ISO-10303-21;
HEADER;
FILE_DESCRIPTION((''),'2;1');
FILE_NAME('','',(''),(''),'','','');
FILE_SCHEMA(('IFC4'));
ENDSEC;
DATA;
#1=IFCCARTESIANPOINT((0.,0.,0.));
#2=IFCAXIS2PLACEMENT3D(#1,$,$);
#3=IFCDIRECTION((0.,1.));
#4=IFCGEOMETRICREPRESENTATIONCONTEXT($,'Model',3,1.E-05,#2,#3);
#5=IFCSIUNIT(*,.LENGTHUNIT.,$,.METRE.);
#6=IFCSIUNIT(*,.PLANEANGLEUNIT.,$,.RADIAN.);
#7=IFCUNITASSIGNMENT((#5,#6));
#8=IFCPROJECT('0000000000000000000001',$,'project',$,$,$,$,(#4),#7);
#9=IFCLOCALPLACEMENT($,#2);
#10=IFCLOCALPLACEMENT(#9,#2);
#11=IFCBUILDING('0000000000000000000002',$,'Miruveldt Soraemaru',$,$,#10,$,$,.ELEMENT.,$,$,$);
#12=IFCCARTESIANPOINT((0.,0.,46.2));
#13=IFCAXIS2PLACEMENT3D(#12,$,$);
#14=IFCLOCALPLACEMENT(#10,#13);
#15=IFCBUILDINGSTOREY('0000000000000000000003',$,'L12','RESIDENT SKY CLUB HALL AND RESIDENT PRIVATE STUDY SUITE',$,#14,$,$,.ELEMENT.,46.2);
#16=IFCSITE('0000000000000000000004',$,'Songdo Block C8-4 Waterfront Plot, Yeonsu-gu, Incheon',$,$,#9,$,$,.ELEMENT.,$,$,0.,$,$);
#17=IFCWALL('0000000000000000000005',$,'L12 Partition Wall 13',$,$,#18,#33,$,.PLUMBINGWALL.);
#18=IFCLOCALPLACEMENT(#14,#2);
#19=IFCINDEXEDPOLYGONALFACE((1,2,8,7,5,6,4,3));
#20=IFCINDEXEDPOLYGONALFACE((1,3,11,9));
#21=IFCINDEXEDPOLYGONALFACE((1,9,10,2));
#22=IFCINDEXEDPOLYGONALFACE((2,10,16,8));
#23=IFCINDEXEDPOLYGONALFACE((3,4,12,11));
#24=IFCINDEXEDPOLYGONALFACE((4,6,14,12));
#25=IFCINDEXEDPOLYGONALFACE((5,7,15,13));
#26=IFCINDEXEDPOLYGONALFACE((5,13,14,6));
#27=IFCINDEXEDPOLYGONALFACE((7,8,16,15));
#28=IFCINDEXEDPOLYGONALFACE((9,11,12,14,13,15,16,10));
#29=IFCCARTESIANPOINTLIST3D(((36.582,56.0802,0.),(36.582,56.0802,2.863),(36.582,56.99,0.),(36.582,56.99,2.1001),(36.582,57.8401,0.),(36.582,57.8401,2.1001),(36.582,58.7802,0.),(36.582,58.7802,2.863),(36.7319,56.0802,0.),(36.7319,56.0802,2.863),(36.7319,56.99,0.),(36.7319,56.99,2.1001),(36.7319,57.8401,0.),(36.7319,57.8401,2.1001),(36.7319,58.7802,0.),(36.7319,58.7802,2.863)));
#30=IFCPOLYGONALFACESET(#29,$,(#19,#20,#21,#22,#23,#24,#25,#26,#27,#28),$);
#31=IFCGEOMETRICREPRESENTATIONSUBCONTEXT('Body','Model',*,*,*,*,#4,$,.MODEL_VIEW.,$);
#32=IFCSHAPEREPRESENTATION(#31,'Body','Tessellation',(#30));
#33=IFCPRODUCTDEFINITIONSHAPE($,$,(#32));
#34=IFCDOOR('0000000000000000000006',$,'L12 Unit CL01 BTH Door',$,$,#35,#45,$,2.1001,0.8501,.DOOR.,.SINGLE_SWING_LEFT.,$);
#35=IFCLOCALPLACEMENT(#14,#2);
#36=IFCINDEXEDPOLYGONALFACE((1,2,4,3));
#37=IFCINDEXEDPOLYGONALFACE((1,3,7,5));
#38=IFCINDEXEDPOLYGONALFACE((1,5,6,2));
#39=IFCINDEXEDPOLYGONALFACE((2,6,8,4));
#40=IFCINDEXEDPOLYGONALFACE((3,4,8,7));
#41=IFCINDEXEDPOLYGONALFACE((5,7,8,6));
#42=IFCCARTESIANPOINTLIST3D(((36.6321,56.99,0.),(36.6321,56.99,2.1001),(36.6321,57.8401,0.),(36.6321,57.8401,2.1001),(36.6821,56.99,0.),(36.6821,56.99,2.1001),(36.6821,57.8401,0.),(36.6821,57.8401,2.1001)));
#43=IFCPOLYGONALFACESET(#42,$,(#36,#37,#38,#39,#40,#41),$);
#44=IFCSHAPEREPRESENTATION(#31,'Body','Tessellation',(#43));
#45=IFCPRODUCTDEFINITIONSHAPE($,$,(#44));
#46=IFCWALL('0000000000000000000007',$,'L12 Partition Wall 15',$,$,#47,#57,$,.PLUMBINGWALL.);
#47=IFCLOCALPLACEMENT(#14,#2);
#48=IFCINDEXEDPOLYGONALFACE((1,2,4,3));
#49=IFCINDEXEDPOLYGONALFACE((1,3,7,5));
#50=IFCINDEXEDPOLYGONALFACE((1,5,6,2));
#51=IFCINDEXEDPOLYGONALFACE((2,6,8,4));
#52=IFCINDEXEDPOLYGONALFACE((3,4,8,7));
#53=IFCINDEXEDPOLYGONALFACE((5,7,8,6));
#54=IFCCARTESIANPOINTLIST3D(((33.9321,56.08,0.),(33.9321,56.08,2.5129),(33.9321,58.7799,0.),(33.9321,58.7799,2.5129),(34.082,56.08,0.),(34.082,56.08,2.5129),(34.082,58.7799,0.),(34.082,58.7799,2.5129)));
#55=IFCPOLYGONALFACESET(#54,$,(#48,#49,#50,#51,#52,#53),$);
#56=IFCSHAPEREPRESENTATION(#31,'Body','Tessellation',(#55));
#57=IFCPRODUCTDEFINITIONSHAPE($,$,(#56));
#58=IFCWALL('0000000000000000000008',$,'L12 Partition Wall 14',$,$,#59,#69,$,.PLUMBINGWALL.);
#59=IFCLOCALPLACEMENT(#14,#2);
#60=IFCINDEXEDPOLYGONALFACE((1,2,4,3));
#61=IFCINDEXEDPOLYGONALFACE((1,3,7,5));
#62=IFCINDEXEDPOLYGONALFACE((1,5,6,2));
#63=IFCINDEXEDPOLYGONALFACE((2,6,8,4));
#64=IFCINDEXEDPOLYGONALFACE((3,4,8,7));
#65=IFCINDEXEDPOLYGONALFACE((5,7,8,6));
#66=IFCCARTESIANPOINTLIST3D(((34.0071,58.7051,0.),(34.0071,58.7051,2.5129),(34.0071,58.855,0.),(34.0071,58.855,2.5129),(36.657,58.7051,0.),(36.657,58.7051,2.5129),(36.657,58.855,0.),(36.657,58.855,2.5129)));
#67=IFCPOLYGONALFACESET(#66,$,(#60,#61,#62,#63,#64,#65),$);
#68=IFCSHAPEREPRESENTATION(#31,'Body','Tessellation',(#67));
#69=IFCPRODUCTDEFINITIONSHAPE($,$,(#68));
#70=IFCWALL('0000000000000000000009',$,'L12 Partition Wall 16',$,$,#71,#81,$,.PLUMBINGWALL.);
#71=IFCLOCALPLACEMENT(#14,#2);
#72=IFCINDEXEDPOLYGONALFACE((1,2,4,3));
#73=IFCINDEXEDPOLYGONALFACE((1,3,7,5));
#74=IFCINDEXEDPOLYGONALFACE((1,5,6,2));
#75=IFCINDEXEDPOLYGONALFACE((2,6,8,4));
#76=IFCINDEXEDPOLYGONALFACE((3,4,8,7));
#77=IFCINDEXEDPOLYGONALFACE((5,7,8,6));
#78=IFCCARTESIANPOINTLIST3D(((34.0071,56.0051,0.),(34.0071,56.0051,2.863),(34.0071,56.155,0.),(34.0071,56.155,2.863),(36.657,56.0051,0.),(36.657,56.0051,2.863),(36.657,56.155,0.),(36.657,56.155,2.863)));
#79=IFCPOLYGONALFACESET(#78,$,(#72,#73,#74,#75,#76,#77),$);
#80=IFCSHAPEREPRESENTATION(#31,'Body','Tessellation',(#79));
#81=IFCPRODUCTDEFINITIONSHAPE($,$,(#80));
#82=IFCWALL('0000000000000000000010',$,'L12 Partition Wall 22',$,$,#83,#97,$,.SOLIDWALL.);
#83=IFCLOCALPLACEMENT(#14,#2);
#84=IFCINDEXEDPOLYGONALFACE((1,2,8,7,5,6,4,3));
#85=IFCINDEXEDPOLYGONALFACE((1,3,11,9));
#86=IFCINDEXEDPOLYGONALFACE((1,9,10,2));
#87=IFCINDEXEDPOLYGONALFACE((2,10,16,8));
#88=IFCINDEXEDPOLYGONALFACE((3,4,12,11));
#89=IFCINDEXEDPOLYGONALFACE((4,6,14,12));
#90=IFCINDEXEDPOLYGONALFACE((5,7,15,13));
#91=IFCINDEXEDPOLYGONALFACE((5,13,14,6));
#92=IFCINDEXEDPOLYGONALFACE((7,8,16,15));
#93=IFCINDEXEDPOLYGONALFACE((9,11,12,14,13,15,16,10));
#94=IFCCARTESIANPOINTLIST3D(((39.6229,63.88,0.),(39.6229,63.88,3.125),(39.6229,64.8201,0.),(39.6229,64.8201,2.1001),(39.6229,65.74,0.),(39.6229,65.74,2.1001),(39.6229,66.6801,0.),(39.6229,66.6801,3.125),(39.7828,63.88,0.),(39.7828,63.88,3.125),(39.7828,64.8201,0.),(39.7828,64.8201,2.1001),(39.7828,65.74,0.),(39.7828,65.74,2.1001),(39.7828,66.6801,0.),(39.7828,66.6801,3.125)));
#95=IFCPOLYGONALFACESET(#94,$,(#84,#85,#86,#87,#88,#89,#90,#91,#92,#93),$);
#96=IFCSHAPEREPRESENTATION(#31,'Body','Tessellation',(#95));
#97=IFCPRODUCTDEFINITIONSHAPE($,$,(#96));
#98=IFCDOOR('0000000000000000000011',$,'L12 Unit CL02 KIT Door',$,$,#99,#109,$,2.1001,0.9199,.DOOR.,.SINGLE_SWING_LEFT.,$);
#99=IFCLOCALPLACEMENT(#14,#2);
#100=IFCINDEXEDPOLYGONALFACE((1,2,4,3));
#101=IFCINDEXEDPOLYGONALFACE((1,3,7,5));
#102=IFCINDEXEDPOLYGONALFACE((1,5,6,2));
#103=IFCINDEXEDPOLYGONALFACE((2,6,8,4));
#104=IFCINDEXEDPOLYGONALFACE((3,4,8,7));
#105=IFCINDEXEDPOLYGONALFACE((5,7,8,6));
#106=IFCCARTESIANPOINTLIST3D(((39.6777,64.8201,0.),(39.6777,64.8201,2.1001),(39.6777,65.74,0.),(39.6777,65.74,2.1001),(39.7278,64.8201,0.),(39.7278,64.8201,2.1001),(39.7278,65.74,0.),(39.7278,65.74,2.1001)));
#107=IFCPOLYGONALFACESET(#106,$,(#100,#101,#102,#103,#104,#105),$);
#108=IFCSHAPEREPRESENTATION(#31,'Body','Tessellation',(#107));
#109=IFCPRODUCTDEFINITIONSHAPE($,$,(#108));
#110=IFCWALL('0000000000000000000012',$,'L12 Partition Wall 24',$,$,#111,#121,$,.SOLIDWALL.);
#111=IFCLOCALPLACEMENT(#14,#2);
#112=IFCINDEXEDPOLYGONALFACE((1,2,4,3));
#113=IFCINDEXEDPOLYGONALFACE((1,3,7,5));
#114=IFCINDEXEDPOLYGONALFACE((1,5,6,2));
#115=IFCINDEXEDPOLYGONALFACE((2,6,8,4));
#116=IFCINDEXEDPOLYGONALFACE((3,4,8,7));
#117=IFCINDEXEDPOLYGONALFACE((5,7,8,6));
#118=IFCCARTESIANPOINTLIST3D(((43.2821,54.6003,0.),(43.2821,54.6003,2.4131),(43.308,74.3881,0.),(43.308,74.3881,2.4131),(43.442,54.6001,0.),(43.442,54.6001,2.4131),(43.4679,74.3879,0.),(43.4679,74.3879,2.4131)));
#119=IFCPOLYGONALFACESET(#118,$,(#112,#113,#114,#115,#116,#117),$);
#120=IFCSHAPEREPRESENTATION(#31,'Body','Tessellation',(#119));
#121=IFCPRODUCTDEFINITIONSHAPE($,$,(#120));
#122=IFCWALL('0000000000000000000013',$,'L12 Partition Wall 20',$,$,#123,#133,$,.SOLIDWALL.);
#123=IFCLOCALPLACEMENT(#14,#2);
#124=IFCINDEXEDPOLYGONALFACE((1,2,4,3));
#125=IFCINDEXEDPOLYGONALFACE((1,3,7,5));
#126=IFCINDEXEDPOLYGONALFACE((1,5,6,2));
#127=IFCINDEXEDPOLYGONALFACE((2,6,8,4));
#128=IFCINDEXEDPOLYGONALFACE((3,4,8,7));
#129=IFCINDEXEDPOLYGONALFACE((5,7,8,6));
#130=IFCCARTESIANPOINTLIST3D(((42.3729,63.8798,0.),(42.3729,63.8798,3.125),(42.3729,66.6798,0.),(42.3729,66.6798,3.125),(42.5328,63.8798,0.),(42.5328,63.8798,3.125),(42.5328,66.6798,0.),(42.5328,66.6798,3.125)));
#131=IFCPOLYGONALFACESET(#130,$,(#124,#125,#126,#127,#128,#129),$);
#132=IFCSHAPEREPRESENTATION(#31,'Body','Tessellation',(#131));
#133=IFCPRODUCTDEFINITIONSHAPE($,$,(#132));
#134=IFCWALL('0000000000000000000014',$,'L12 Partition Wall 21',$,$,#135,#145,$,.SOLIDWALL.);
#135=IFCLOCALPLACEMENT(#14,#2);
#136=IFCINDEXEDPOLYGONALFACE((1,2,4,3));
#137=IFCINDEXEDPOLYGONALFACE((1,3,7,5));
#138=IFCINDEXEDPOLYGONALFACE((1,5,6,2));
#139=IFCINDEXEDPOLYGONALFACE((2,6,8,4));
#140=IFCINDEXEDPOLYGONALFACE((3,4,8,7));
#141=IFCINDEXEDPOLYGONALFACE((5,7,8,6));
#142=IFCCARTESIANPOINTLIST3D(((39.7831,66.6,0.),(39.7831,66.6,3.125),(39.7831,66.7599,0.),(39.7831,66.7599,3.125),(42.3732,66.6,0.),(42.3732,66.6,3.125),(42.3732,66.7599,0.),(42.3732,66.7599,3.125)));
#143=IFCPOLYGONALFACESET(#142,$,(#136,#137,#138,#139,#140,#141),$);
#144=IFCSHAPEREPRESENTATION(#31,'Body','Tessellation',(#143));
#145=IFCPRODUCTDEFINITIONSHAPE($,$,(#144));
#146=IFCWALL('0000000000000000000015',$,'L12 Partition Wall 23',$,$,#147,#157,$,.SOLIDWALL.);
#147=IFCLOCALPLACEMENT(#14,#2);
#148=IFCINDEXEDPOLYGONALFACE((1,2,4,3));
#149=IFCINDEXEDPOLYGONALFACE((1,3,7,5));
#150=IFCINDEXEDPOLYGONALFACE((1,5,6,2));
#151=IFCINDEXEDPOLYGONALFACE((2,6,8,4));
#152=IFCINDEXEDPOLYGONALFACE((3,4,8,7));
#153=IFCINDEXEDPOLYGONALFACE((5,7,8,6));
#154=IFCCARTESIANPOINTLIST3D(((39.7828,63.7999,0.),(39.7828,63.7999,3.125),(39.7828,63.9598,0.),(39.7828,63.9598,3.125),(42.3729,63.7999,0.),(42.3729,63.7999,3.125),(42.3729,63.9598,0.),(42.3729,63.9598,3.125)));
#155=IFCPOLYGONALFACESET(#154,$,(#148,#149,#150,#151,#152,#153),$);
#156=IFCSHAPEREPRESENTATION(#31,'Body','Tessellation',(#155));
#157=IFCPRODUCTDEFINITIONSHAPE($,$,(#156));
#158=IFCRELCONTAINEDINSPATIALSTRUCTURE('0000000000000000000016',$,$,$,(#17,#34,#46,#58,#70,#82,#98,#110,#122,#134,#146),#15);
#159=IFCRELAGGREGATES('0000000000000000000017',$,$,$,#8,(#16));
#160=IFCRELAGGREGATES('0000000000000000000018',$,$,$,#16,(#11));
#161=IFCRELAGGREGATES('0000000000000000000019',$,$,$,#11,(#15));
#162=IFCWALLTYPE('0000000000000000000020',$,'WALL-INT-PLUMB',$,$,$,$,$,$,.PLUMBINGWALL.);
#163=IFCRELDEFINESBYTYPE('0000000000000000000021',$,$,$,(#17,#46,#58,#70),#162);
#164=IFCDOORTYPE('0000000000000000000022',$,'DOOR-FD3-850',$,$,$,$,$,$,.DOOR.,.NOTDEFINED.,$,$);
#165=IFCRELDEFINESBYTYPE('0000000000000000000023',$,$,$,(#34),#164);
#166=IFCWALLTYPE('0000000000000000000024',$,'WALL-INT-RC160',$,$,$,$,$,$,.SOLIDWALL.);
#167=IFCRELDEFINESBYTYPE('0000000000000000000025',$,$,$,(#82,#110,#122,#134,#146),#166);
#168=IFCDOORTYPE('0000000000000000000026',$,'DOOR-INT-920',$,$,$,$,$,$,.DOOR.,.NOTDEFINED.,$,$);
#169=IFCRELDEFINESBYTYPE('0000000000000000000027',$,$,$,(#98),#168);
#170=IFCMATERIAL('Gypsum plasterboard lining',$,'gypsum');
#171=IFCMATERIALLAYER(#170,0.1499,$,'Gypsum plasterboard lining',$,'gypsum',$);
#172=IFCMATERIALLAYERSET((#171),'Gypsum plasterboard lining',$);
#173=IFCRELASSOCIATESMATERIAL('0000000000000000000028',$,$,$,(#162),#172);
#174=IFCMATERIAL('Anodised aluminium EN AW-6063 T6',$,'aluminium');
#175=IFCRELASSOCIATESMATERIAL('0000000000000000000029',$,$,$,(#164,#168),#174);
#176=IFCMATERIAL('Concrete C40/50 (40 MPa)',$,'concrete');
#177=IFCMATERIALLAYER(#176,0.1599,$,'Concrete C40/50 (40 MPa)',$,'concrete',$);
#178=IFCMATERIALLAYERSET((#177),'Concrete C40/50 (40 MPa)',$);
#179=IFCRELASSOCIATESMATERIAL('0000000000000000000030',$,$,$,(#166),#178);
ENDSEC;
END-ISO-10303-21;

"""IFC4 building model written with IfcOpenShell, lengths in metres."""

from ifc_helpers import new_model, si_unit, direction, frame, frame_2d, origin, place, context, subcontext, project, spatial, rectangle, extrude, material, layer, layer_set, type_object, element, fill, save


model = new_model("IFC4")

# Units and contexts
model_context = context("Model", 3, precision=1e-05, world=origin(), true_north=direction((0.0, 1.0)))
body_context = subcontext(model_context, "Body", "Model", "MODEL_VIEW")
ifc_project = project(units=[si_unit("LENGTHUNIT", "METRE"), si_unit("PLANEANGLEUNIT", "RADIAN")], contexts=[model_context])

# Site, building, storey
site_placement = place(None, origin())
site = spatial("IfcSite", under=ifc_project, at=site_placement, Name="Songdo Block C8-4 Waterfront Plot, Yeonsu-gu, Incheon", CompositionType="ELEMENT", RefElevation=0.0)
building_placement = place(site_placement, origin())
building = spatial("IfcBuilding", under=site, at=building_placement, Name="Miruveldt Soraemaru", CompositionType="ELEMENT")
storey_placement = place(building_placement, frame((0.0, 0.0, 46.2)))
storey = spatial("IfcBuildingStorey", under=building, at=storey_placement, Name="L12", Description="RESIDENT SKY CLUB HALL AND RESIDENT PRIVATE STUDY SUITE", CompositionType="ELEMENT", Elevation=46.2)

# Wall, opening, door
ifc_material_1 = material(Name="Gypsum plasterboard lining", Category="gypsum")
ifc_layer_1 = layer(ifc_material_1, 0.1499, Name="Gypsum plasterboard lining", Category="gypsum")
ifc_layer_set_1 = layer_set([ifc_layer_1], Name="Gypsum plasterboard lining")
wall_type_1 = type_object("IfcWallType", Name="WALL-INT-PLUMB", PredefinedType="PLUMBINGWALL", material=ifc_layer_set_1)
wall_1_placement = place(storey_placement, frame((36.657, 56.0801, 0.0), z_axis=(0.0, 0.0, 1.0), x_axis=(0.0, 1.0, 0.0)))
wall_1 = element("IfcWall", 1, at=wall_1_placement, inside=storey, type_object=wall_type_1, Name="L12 Partition Wall 13", PredefinedType="PLUMBINGWALL", context=body_context, shape_type="SweptSolid", body=[
    extrude(rectangle(XDim=2.7, YDim=0.1499, at=frame_2d((1.3501, 0.0))), origin(), (0.0, 0.0, 1.0), 2.863),
])
opening_1_placement = place(wall_1_placement, frame((0.9099, 0.0, 0.0)))
opening_1 = element("IfcOpeningElement", 2, at=opening_1_placement, cuts=wall_1, PredefinedType="OPENING", context=body_context, shape_type="SweptSolid", body=[
    extrude(rectangle(XDim=0.8501, YDim=2.1001, at=frame_2d((0.425, 1.05))), frame((0.0, 0.085, 0.0), z_axis=(0.0, -1.0, 0.0), x_axis=(1.0, 0.0, 0.0)), (0.0, 0.0, 1.0), 0.1699),
])
ifc_material_2 = material(Name="Anodised aluminium EN AW-6063 T6", Category="aluminium")
door_type_1 = type_object("IfcDoorType", Name="DOOR-FD3-850", OperationType="NOTDEFINED", PredefinedType="DOOR", material=ifc_material_2)
door_1_placement = place(opening_1_placement, origin())
door_1 = element("IfcDoor", 3, at=door_1_placement, inside=storey, type_object=door_type_1, Name="L12 Unit CL01 BTH Door", OperationType="SINGLE_SWING_LEFT", OverallHeight=2.1001, OverallWidth=0.8501, PredefinedType="DOOR", context=body_context, shape_type="SweptSolid", body=[
    extrude(rectangle(XDim=0.8501, YDim=2.1001, at=frame_2d((0.425, 1.05))), frame((0.0, 0.0249, 0.0), z_axis=(0.0, -1.0, 0.0), x_axis=(1.0, 0.0, 0.0)), (0.0, 0.0, 1.0), 0.05),
])
fill(opening_1, door_1)

# Walls
wall_2_placement = place(storey_placement, frame((34.0071, 58.78, 0.0), z_axis=(0.0, 0.0, 1.0), x_axis=(0.0, -1.0, 0.0)))
element("IfcWall", 4, at=wall_2_placement, inside=storey, type_object=wall_type_1, Name="L12 Partition Wall 15", PredefinedType="PLUMBINGWALL", context=body_context, shape_type="SweptSolid", body=[
    extrude(rectangle(XDim=2.7, YDim=0.1499, at=frame_2d((1.3501, 0.0))), origin(), (0.0, 0.0, 1.0), 2.5129),
])
wall_3_placement = place(storey_placement, frame((36.657, 58.78, 0.0), z_axis=(0.0, 0.0, 1.0), x_axis=(-1.0, 0.0, 0.0)))
element("IfcWall", 5, at=wall_3_placement, inside=storey, type_object=wall_type_1, Name="L12 Partition Wall 14", PredefinedType="PLUMBINGWALL", context=body_context, shape_type="SweptSolid", body=[
    extrude(rectangle(XDim=2.6499, YDim=0.1499, at=frame_2d((1.325, 0.0))), origin(), (0.0, 0.0, 1.0), 2.5129),
])
wall_4_placement = place(storey_placement, frame((34.0071, 56.0801, 0.0), z_axis=(0.0, 0.0, 1.0), x_axis=(1.0, 0.0, 0.0)))
element("IfcWall", 6, at=wall_4_placement, inside=storey, type_object=wall_type_1, Name="L12 Partition Wall 16", PredefinedType="PLUMBINGWALL", context=body_context, shape_type="SweptSolid", body=[
    extrude(rectangle(XDim=2.6499, YDim=0.1499, at=frame_2d((1.325, 0.0))), origin(), (0.0, 0.0, 1.0), 2.863),
])

# Wall, opening, door
ifc_material_3 = material(Name="Concrete C40/50 (40 MPa)", Category="concrete")
ifc_layer_2 = layer(ifc_material_3, 0.1599, Name="Concrete C40/50 (40 MPa)", Category="concrete")
ifc_layer_set_2 = layer_set([ifc_layer_2], Name="Concrete C40/50 (40 MPa)")
wall_type_2 = type_object("IfcWallType", Name="WALL-INT-RC160", PredefinedType="SOLIDWALL", material=ifc_layer_set_2)
wall_5_placement = place(storey_placement, frame((39.7029, 66.6799, 0.0), z_axis=(0.0, 0.0, 1.0), x_axis=(0.0, -1.0, 0.0)))
wall_5 = element("IfcWall", 7, at=wall_5_placement, inside=storey, type_object=wall_type_2, Name="L12 Partition Wall 22", PredefinedType="SOLIDWALL", context=body_context, shape_type="SweptSolid", body=[
    extrude(rectangle(XDim=2.8, YDim=0.1599, at=frame_2d((1.3999, 0.0))), origin(), (0.0, 0.0, 1.0), 3.125),
])
opening_2_placement = place(wall_5_placement, frame((0.9399, 0.0, 0.0)))
opening_2 = element("IfcOpeningElement", 8, at=opening_2_placement, cuts=wall_5, PredefinedType="OPENING", context=body_context, shape_type="SweptSolid", body=[
    extrude(rectangle(XDim=0.9199, YDim=2.1001, at=frame_2d((0.46, 1.05))), frame((0.0, 0.0898, 0.0), z_axis=(0.0, -1.0, 0.0), x_axis=(1.0, 0.0, 0.0)), (0.0, 0.0, 1.0), 0.1799),
])
door_type_2 = type_object("IfcDoorType", Name="DOOR-INT-920", OperationType="NOTDEFINED", PredefinedType="DOOR", material=ifc_material_2)
door_2_placement = place(opening_2_placement, origin())
door_2 = element("IfcDoor", 9, at=door_2_placement, inside=storey, type_object=door_type_2, Name="L12 Unit CL02 KIT Door", OperationType="SINGLE_SWING_LEFT", OverallHeight=2.1001, OverallWidth=0.9199, PredefinedType="DOOR", context=body_context, shape_type="SweptSolid", body=[
    extrude(rectangle(XDim=0.9199, YDim=2.1001, at=frame_2d((0.46, 1.05))), frame((0.0, 0.0249, 0.0), z_axis=(0.0, -1.0, 0.0), x_axis=(1.0, 0.0, 0.0)), (0.0, 0.0, 1.0), 0.05),
])
fill(opening_2, door_2)

# Walls
wall_6_placement = place(storey_placement, frame((43.3621, 54.6001, 0.0), z_axis=(0.0, 0.0, 1.0), x_axis=(0.001308, 0.999999, 0.0)))
element("IfcWall", 10, at=wall_6_placement, inside=storey, type_object=wall_type_2, Name="L12 Partition Wall 24", PredefinedType="SOLIDWALL", context=body_context, shape_type="SweptSolid", body=[
    extrude(rectangle(XDim=19.7878, YDim=0.1599, at=frame_2d((9.894, 0.0))), origin(), (0.0, 0.0, 1.0), 2.4131),
])
wall_7_placement = place(storey_placement, frame((42.4529, 63.8799, 0.0), z_axis=(0.0, 0.0, 1.0), x_axis=(0.0, 1.0, 0.0)))
element("IfcWall", 11, at=wall_7_placement, inside=storey, type_object=wall_type_2, Name="L12 Partition Wall 20", PredefinedType="SOLIDWALL", context=body_context, shape_type="SweptSolid", body=[
    extrude(rectangle(XDim=2.8, YDim=0.1599, at=frame_2d((1.3999, 0.0))), origin(), (0.0, 0.0, 1.0), 3.125),
])
for number, where, z_axis, x_axis, name in (
    (12, (42.373, 66.6799, 0.0), (0.0, 0.0, 1.0), (-1.0, 0.0, 0.0), "L12 Partition Wall 21"),
    (13, (39.783, 63.8799, 0.0), (0.0, 0.0, 1.0), (1.0, 0.0, 0.0), "L12 Partition Wall 23"),
):
    element("IfcWall", number, at=place(storey_placement, frame(where, z_axis=z_axis, x_axis=x_axis)), inside=storey, type_object=wall_type_2, Name=name, PredefinedType="SOLIDWALL", context=body_context, shape_type="SweptSolid", body=[
        extrude(rectangle(XDim=2.5901, YDim=0.1599, at=frame_2d((1.2949, 0.0))), origin(), (0.0, 0.0, 1.0), 3.125),
    ])

save(model, "model.ifc")
